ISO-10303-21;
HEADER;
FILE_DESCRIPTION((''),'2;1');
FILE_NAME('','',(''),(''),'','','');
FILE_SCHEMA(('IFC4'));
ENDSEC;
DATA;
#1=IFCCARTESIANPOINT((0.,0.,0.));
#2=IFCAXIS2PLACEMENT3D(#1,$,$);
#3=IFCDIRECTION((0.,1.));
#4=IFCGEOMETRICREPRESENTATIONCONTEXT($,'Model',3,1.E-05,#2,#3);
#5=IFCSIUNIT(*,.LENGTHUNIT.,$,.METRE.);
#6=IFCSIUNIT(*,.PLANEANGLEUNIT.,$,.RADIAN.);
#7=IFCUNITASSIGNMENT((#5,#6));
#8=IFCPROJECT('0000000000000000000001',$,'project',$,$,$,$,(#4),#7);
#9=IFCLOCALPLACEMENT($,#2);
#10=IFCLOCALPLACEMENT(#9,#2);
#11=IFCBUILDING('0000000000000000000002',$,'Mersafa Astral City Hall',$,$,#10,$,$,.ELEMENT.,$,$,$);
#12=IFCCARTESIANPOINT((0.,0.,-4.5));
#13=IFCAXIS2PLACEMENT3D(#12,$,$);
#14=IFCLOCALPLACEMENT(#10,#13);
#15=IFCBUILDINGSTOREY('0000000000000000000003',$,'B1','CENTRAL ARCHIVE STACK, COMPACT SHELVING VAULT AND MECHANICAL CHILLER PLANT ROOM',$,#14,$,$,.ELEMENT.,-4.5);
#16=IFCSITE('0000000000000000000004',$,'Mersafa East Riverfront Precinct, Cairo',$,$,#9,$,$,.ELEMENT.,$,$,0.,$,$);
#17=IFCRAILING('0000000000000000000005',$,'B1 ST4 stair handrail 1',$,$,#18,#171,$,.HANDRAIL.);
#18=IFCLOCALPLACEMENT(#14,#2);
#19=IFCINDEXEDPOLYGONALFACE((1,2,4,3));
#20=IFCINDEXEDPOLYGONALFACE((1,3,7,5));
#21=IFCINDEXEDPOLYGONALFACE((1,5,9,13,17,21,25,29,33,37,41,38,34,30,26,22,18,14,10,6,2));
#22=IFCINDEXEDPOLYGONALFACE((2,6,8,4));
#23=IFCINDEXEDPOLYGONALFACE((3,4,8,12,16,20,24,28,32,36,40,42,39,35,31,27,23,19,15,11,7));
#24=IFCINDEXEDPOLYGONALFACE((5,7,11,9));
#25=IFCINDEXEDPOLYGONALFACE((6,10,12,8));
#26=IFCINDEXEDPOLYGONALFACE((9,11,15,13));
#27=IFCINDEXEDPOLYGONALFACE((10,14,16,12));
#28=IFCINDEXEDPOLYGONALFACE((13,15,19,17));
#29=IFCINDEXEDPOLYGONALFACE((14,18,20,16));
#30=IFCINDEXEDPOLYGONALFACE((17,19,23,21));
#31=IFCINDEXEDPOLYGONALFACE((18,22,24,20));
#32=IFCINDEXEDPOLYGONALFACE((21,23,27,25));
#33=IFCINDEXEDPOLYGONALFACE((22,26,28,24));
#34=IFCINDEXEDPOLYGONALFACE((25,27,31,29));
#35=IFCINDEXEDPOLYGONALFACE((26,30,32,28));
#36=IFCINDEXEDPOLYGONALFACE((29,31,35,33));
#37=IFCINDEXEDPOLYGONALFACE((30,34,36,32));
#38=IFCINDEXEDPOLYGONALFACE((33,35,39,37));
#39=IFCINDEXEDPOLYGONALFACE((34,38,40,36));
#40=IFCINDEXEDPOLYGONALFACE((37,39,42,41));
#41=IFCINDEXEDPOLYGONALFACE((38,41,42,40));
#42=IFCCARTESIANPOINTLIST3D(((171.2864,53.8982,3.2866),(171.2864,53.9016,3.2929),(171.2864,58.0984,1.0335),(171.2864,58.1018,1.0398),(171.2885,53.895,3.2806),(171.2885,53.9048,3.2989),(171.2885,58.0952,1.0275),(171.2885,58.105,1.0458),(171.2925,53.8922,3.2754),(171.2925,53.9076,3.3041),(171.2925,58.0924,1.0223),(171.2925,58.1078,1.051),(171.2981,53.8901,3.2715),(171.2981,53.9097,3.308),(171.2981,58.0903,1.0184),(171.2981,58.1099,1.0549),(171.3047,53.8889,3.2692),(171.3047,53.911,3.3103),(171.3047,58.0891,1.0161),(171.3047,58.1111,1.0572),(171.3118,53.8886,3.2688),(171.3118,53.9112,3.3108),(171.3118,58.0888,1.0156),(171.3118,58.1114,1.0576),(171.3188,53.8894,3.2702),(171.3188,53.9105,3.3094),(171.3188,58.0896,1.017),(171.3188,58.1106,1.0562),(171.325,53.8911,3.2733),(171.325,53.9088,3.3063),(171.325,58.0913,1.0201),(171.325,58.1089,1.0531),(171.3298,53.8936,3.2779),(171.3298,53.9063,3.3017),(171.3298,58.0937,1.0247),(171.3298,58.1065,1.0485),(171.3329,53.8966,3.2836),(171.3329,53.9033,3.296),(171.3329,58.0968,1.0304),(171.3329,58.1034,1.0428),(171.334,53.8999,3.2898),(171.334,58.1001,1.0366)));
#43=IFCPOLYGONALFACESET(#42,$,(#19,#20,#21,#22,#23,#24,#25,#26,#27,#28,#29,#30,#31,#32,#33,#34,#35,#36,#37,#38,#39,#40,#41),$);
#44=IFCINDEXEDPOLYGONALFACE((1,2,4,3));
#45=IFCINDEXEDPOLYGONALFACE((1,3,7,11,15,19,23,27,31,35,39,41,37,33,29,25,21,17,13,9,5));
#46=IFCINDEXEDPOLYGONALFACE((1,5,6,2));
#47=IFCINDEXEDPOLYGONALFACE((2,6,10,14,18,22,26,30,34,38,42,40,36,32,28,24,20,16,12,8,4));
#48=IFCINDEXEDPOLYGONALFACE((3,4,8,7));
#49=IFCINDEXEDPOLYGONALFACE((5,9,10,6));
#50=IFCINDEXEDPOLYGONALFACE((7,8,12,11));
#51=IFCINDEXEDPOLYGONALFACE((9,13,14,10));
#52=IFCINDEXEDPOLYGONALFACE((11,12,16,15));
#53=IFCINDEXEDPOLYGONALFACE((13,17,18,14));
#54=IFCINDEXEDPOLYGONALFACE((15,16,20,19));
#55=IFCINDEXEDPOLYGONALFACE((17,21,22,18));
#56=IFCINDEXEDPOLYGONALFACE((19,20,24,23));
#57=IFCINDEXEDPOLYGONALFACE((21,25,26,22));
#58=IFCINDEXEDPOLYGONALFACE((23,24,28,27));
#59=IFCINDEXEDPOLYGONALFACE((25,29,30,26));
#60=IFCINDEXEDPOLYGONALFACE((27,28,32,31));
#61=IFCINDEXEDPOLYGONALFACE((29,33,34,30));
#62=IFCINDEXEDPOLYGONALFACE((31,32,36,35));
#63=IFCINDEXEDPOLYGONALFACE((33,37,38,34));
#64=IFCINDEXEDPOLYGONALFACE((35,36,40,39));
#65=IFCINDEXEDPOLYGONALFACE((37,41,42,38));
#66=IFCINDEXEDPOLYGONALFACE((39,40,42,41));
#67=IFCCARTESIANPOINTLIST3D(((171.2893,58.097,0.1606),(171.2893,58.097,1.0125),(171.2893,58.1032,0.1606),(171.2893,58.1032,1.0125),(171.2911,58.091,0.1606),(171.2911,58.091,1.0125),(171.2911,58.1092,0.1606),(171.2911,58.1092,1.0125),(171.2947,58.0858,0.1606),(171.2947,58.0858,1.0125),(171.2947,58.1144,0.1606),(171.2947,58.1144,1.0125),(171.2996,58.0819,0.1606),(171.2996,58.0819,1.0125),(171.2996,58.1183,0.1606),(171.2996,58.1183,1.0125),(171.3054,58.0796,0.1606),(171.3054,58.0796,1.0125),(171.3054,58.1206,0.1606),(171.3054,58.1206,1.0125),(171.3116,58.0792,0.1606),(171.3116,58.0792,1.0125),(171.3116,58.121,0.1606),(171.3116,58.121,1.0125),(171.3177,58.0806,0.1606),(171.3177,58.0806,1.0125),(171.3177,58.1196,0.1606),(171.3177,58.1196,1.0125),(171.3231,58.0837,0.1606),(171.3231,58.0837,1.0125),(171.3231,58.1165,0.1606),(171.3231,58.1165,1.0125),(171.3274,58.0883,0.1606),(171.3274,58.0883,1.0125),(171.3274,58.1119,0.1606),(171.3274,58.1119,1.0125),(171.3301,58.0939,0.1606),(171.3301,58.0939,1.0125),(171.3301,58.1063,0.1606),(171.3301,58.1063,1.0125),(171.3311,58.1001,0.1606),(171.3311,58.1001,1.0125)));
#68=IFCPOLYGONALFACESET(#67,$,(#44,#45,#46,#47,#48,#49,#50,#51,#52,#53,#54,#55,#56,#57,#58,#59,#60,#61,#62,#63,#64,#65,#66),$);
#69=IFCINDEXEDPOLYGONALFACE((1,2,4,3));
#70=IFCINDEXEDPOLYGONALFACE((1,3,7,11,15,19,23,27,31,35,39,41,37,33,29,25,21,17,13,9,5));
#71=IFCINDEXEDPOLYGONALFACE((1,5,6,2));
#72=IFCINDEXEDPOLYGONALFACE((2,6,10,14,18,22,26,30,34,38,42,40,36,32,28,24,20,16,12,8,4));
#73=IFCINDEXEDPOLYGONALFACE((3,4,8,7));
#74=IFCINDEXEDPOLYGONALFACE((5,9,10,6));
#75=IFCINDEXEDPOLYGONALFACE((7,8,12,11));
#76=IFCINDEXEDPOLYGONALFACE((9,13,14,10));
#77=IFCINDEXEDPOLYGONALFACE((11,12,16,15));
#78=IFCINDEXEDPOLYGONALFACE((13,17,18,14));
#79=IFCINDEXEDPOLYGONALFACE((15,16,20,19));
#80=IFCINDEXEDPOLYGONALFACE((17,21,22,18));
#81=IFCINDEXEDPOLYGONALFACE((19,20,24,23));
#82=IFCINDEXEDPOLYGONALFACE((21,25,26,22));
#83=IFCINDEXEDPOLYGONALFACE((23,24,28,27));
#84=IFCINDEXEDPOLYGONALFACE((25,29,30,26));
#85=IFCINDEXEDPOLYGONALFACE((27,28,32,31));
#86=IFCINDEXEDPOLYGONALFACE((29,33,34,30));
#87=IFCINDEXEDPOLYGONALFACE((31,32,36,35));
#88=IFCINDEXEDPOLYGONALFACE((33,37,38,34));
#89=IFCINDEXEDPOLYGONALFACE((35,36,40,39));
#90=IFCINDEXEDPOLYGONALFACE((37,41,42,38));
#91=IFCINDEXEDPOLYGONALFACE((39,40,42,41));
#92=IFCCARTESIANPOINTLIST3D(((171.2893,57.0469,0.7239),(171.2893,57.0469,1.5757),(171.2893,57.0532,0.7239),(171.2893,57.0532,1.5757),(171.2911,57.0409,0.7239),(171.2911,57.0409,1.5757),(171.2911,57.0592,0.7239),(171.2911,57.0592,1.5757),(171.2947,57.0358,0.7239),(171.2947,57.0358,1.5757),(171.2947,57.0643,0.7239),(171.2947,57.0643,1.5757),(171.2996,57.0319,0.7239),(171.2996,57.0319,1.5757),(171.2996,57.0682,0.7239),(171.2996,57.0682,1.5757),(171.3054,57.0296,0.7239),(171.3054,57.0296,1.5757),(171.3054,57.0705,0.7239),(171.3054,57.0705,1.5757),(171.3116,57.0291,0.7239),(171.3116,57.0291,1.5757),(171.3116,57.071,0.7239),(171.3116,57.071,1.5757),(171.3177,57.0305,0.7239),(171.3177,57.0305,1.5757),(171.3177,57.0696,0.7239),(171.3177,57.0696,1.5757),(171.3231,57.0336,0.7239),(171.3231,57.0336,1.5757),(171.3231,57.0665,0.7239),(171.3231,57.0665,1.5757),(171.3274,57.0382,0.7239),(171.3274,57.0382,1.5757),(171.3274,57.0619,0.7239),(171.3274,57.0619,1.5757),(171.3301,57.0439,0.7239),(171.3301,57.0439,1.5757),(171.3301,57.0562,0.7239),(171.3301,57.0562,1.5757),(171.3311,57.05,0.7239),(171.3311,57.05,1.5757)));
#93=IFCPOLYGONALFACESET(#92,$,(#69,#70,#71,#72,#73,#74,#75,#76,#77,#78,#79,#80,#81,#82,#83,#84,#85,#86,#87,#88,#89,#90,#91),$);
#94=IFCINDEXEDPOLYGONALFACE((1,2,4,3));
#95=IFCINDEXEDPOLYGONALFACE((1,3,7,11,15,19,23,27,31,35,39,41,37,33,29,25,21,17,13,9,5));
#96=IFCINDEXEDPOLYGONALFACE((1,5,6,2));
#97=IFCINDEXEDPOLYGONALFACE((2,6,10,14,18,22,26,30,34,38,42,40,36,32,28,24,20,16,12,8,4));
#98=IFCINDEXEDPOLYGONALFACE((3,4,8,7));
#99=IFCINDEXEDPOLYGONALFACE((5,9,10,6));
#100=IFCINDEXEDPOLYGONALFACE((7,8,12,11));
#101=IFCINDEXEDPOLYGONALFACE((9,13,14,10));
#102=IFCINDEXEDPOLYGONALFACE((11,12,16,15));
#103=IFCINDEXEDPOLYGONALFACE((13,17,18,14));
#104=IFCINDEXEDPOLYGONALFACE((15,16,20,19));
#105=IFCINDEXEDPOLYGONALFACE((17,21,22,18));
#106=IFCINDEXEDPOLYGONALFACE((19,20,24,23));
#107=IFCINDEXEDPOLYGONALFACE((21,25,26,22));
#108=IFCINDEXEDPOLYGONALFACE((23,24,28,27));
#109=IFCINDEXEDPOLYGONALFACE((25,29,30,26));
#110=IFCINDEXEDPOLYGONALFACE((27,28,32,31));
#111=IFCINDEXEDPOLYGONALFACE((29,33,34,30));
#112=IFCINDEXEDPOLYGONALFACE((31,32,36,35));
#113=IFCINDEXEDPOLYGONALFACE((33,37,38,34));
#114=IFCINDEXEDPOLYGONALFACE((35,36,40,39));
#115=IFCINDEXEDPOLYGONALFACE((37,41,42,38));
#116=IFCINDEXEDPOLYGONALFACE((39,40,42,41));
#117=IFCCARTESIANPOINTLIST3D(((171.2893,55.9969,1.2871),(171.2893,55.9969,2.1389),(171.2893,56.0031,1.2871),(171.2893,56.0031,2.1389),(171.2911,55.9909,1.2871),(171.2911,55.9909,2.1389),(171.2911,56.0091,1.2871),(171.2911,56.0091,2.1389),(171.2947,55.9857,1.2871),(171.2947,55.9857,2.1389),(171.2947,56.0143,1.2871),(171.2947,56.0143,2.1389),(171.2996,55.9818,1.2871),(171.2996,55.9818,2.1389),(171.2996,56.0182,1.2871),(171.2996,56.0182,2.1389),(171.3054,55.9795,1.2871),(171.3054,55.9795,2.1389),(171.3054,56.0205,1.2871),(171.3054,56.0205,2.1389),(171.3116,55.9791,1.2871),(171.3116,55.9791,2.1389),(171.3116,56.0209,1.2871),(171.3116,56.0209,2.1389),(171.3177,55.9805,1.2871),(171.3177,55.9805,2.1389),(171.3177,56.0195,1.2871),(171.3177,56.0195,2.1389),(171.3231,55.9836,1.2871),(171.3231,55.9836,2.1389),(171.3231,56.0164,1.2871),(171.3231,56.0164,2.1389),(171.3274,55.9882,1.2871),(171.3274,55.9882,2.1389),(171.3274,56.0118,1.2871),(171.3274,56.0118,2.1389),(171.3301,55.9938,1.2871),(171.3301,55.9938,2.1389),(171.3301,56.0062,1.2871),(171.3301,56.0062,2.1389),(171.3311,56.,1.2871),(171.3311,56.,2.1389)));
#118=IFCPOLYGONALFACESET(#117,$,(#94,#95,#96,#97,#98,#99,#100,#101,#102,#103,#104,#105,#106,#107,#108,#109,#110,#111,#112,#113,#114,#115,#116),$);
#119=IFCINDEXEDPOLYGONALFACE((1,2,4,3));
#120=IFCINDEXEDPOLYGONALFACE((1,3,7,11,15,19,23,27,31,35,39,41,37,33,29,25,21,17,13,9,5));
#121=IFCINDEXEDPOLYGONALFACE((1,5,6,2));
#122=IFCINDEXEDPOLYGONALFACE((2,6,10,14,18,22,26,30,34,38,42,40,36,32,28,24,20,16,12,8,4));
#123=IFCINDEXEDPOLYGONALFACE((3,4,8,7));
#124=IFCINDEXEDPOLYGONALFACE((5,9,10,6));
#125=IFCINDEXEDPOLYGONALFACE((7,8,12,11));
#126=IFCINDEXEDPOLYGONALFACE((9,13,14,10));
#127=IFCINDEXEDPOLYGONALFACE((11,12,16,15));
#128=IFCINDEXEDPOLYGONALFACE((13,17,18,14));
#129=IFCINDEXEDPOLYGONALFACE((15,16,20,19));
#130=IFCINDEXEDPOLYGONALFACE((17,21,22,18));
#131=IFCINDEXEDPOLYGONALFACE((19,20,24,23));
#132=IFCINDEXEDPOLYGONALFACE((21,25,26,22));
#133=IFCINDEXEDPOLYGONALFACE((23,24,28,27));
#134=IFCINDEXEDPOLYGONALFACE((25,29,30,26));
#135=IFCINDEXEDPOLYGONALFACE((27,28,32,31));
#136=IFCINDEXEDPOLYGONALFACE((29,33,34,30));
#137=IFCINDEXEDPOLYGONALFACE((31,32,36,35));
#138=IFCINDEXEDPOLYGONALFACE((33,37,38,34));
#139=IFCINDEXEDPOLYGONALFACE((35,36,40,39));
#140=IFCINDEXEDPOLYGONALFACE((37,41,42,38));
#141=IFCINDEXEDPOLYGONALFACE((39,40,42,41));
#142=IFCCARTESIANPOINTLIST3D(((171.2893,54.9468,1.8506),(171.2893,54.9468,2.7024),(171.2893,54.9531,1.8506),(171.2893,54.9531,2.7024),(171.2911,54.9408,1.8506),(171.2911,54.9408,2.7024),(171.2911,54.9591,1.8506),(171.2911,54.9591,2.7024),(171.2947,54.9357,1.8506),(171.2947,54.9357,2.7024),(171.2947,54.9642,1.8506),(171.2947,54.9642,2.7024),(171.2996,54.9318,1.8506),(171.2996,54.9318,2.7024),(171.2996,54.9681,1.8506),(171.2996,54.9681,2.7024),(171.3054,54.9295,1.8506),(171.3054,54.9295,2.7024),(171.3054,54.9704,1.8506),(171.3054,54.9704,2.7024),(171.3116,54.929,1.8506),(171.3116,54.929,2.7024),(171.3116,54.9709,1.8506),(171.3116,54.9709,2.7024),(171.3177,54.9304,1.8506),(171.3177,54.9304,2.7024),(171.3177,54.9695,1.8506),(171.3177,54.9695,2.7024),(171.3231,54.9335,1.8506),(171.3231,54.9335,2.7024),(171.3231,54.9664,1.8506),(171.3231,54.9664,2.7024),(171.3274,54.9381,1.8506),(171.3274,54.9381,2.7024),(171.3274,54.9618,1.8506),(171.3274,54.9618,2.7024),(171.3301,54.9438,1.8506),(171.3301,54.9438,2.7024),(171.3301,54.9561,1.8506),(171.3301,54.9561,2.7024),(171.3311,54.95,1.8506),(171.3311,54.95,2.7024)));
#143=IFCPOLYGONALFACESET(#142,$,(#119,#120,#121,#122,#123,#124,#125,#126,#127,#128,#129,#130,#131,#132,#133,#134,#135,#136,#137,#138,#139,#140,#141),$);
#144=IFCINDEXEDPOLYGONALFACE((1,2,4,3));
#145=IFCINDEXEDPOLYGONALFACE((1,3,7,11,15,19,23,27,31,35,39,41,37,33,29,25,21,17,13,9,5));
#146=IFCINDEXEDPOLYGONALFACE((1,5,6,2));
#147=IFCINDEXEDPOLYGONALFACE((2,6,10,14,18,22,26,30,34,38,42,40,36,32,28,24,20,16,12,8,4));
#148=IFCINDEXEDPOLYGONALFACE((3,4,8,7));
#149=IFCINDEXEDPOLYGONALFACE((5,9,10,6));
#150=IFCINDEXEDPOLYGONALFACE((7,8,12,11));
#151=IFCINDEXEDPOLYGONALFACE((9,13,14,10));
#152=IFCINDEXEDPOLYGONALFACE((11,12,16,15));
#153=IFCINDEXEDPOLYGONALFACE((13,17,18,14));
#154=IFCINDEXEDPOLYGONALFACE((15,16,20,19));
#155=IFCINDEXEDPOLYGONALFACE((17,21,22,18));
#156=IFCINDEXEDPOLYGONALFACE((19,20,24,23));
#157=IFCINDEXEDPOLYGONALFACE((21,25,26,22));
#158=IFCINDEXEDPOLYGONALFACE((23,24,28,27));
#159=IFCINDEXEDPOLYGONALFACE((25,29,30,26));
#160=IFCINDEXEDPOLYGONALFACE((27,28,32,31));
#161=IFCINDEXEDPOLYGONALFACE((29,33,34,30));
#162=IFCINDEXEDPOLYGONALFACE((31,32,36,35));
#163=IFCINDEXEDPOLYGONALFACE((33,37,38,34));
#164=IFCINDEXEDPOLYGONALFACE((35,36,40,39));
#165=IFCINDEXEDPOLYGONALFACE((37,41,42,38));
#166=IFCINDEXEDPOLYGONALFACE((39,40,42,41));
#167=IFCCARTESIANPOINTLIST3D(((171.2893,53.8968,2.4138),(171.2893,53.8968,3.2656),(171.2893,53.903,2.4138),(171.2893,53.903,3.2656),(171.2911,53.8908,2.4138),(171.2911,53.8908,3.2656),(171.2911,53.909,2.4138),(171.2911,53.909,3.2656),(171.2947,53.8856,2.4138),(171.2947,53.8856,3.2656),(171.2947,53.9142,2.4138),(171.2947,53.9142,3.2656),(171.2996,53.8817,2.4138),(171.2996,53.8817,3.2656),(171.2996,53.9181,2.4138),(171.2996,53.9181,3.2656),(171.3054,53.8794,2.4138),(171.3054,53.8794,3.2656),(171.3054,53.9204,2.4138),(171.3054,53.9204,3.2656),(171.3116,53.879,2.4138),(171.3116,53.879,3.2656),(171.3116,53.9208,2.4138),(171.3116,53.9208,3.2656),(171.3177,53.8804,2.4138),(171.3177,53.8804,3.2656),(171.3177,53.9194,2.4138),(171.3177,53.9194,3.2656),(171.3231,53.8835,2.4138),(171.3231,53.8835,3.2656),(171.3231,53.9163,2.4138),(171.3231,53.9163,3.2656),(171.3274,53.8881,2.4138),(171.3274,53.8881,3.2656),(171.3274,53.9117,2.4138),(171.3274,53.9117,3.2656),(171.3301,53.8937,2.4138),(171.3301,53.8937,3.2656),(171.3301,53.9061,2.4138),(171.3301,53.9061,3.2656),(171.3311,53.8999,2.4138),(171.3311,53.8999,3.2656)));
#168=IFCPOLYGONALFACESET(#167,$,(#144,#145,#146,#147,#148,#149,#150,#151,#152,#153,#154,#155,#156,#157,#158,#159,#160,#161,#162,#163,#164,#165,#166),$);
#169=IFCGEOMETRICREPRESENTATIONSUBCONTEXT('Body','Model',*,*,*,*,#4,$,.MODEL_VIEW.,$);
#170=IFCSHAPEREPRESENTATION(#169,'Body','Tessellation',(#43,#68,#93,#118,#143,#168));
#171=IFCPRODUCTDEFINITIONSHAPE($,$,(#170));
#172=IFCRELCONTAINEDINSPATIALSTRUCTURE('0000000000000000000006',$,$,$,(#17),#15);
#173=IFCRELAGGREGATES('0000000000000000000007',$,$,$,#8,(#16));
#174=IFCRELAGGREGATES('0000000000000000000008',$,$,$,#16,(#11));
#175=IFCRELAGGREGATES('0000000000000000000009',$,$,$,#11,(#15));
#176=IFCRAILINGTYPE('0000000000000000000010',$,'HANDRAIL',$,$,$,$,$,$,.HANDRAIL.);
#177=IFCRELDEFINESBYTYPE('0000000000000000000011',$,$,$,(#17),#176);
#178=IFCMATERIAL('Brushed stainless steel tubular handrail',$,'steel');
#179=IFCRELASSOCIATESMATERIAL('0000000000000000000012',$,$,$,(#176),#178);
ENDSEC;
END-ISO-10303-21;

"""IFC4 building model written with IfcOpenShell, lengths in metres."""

from ifc_helpers import new_model, si_unit, direction, frame, origin, origin_2d, place, context, subcontext, project, spatial, circle, extrude, material, type_object, element, save


model = new_model("IFC4")

# Units and contexts
model_context = context("Model", 3, precision=1e-05, world=origin(), true_north=direction((0.0, 1.0)))
body_context = subcontext(model_context, "Body", "Model", "MODEL_VIEW")
ifc_project = project(units=[si_unit("LENGTHUNIT", "METRE"), si_unit("PLANEANGLEUNIT", "RADIAN")], contexts=[model_context])

# Site, building, storey
site_placement = place(None, origin())
site = spatial("IfcSite", under=ifc_project, at=site_placement, Name="Mersafa East Riverfront Precinct, Cairo", CompositionType="ELEMENT", RefElevation=0.0)
building_placement = place(site_placement, origin())
building = spatial("IfcBuilding", under=site, at=building_placement, Name="Mersafa Astral City Hall", CompositionType="ELEMENT")
storey_placement = place(building_placement, frame((0.0, 0.0, -4.5)))
storey = spatial("IfcBuildingStorey", under=building, at=storey_placement, Name="B1", Description="CENTRAL ARCHIVE STACK, COMPACT SHELVING VAULT AND MECHANICAL CHILLER PLANT ROOM", CompositionType="ELEMENT", Elevation=-4.5)

# Railing
ifc_material_1 = material(Name="Brushed stainless steel tubular handrail", Category="steel")
railing_type_1 = type_object("IfcRailingType", Name="HANDRAIL", PredefinedType="HANDRAIL", material=ifc_material_1)
railing_1_placement = place(storey_placement, frame((171.3101, 58.1001, 0.1606)))
element("IfcRailing", 1, at=railing_1_placement, inside=storey, type_object=railing_type_1, Name="B1 ST4 stair handrail 1", PredefinedType="HANDRAIL", context=body_context, shape_type="SweptSolid", body=[
    extrude(circle(Radius=0.0239, at=origin_2d()), frame((0.0, 0.0, 0.876), z_axis=(0.0, -0.881212, 0.472722), x_axis=(1.0, 0.0, 0.0)), (0.0, 0.0, 1.0), 4.7664),
    extrude(circle(Radius=0.021, at=origin_2d()), origin(), (0.0, 0.0, 1.0), 0.8518),
    extrude(circle(Radius=0.021, at=origin_2d()), frame((0.0, -1.05, 0.5632)), (0.0, 0.0, 1.0), 0.8518),
    extrude(circle(Radius=0.021, at=origin_2d()), frame((0.0, -2.1001, 1.1265)), (0.0, 0.0, 1.0), 0.8518),
    extrude(circle(Radius=0.021, at=origin_2d()), frame((0.0, -3.1501, 1.6899)), (0.0, 0.0, 1.0), 0.8518),
    extrude(circle(Radius=0.021, at=origin_2d()), frame((0.0, -4.2002, 2.2532)), (0.0, 0.0, 1.0), 0.8518),
])

save(model, "model.ifc")
